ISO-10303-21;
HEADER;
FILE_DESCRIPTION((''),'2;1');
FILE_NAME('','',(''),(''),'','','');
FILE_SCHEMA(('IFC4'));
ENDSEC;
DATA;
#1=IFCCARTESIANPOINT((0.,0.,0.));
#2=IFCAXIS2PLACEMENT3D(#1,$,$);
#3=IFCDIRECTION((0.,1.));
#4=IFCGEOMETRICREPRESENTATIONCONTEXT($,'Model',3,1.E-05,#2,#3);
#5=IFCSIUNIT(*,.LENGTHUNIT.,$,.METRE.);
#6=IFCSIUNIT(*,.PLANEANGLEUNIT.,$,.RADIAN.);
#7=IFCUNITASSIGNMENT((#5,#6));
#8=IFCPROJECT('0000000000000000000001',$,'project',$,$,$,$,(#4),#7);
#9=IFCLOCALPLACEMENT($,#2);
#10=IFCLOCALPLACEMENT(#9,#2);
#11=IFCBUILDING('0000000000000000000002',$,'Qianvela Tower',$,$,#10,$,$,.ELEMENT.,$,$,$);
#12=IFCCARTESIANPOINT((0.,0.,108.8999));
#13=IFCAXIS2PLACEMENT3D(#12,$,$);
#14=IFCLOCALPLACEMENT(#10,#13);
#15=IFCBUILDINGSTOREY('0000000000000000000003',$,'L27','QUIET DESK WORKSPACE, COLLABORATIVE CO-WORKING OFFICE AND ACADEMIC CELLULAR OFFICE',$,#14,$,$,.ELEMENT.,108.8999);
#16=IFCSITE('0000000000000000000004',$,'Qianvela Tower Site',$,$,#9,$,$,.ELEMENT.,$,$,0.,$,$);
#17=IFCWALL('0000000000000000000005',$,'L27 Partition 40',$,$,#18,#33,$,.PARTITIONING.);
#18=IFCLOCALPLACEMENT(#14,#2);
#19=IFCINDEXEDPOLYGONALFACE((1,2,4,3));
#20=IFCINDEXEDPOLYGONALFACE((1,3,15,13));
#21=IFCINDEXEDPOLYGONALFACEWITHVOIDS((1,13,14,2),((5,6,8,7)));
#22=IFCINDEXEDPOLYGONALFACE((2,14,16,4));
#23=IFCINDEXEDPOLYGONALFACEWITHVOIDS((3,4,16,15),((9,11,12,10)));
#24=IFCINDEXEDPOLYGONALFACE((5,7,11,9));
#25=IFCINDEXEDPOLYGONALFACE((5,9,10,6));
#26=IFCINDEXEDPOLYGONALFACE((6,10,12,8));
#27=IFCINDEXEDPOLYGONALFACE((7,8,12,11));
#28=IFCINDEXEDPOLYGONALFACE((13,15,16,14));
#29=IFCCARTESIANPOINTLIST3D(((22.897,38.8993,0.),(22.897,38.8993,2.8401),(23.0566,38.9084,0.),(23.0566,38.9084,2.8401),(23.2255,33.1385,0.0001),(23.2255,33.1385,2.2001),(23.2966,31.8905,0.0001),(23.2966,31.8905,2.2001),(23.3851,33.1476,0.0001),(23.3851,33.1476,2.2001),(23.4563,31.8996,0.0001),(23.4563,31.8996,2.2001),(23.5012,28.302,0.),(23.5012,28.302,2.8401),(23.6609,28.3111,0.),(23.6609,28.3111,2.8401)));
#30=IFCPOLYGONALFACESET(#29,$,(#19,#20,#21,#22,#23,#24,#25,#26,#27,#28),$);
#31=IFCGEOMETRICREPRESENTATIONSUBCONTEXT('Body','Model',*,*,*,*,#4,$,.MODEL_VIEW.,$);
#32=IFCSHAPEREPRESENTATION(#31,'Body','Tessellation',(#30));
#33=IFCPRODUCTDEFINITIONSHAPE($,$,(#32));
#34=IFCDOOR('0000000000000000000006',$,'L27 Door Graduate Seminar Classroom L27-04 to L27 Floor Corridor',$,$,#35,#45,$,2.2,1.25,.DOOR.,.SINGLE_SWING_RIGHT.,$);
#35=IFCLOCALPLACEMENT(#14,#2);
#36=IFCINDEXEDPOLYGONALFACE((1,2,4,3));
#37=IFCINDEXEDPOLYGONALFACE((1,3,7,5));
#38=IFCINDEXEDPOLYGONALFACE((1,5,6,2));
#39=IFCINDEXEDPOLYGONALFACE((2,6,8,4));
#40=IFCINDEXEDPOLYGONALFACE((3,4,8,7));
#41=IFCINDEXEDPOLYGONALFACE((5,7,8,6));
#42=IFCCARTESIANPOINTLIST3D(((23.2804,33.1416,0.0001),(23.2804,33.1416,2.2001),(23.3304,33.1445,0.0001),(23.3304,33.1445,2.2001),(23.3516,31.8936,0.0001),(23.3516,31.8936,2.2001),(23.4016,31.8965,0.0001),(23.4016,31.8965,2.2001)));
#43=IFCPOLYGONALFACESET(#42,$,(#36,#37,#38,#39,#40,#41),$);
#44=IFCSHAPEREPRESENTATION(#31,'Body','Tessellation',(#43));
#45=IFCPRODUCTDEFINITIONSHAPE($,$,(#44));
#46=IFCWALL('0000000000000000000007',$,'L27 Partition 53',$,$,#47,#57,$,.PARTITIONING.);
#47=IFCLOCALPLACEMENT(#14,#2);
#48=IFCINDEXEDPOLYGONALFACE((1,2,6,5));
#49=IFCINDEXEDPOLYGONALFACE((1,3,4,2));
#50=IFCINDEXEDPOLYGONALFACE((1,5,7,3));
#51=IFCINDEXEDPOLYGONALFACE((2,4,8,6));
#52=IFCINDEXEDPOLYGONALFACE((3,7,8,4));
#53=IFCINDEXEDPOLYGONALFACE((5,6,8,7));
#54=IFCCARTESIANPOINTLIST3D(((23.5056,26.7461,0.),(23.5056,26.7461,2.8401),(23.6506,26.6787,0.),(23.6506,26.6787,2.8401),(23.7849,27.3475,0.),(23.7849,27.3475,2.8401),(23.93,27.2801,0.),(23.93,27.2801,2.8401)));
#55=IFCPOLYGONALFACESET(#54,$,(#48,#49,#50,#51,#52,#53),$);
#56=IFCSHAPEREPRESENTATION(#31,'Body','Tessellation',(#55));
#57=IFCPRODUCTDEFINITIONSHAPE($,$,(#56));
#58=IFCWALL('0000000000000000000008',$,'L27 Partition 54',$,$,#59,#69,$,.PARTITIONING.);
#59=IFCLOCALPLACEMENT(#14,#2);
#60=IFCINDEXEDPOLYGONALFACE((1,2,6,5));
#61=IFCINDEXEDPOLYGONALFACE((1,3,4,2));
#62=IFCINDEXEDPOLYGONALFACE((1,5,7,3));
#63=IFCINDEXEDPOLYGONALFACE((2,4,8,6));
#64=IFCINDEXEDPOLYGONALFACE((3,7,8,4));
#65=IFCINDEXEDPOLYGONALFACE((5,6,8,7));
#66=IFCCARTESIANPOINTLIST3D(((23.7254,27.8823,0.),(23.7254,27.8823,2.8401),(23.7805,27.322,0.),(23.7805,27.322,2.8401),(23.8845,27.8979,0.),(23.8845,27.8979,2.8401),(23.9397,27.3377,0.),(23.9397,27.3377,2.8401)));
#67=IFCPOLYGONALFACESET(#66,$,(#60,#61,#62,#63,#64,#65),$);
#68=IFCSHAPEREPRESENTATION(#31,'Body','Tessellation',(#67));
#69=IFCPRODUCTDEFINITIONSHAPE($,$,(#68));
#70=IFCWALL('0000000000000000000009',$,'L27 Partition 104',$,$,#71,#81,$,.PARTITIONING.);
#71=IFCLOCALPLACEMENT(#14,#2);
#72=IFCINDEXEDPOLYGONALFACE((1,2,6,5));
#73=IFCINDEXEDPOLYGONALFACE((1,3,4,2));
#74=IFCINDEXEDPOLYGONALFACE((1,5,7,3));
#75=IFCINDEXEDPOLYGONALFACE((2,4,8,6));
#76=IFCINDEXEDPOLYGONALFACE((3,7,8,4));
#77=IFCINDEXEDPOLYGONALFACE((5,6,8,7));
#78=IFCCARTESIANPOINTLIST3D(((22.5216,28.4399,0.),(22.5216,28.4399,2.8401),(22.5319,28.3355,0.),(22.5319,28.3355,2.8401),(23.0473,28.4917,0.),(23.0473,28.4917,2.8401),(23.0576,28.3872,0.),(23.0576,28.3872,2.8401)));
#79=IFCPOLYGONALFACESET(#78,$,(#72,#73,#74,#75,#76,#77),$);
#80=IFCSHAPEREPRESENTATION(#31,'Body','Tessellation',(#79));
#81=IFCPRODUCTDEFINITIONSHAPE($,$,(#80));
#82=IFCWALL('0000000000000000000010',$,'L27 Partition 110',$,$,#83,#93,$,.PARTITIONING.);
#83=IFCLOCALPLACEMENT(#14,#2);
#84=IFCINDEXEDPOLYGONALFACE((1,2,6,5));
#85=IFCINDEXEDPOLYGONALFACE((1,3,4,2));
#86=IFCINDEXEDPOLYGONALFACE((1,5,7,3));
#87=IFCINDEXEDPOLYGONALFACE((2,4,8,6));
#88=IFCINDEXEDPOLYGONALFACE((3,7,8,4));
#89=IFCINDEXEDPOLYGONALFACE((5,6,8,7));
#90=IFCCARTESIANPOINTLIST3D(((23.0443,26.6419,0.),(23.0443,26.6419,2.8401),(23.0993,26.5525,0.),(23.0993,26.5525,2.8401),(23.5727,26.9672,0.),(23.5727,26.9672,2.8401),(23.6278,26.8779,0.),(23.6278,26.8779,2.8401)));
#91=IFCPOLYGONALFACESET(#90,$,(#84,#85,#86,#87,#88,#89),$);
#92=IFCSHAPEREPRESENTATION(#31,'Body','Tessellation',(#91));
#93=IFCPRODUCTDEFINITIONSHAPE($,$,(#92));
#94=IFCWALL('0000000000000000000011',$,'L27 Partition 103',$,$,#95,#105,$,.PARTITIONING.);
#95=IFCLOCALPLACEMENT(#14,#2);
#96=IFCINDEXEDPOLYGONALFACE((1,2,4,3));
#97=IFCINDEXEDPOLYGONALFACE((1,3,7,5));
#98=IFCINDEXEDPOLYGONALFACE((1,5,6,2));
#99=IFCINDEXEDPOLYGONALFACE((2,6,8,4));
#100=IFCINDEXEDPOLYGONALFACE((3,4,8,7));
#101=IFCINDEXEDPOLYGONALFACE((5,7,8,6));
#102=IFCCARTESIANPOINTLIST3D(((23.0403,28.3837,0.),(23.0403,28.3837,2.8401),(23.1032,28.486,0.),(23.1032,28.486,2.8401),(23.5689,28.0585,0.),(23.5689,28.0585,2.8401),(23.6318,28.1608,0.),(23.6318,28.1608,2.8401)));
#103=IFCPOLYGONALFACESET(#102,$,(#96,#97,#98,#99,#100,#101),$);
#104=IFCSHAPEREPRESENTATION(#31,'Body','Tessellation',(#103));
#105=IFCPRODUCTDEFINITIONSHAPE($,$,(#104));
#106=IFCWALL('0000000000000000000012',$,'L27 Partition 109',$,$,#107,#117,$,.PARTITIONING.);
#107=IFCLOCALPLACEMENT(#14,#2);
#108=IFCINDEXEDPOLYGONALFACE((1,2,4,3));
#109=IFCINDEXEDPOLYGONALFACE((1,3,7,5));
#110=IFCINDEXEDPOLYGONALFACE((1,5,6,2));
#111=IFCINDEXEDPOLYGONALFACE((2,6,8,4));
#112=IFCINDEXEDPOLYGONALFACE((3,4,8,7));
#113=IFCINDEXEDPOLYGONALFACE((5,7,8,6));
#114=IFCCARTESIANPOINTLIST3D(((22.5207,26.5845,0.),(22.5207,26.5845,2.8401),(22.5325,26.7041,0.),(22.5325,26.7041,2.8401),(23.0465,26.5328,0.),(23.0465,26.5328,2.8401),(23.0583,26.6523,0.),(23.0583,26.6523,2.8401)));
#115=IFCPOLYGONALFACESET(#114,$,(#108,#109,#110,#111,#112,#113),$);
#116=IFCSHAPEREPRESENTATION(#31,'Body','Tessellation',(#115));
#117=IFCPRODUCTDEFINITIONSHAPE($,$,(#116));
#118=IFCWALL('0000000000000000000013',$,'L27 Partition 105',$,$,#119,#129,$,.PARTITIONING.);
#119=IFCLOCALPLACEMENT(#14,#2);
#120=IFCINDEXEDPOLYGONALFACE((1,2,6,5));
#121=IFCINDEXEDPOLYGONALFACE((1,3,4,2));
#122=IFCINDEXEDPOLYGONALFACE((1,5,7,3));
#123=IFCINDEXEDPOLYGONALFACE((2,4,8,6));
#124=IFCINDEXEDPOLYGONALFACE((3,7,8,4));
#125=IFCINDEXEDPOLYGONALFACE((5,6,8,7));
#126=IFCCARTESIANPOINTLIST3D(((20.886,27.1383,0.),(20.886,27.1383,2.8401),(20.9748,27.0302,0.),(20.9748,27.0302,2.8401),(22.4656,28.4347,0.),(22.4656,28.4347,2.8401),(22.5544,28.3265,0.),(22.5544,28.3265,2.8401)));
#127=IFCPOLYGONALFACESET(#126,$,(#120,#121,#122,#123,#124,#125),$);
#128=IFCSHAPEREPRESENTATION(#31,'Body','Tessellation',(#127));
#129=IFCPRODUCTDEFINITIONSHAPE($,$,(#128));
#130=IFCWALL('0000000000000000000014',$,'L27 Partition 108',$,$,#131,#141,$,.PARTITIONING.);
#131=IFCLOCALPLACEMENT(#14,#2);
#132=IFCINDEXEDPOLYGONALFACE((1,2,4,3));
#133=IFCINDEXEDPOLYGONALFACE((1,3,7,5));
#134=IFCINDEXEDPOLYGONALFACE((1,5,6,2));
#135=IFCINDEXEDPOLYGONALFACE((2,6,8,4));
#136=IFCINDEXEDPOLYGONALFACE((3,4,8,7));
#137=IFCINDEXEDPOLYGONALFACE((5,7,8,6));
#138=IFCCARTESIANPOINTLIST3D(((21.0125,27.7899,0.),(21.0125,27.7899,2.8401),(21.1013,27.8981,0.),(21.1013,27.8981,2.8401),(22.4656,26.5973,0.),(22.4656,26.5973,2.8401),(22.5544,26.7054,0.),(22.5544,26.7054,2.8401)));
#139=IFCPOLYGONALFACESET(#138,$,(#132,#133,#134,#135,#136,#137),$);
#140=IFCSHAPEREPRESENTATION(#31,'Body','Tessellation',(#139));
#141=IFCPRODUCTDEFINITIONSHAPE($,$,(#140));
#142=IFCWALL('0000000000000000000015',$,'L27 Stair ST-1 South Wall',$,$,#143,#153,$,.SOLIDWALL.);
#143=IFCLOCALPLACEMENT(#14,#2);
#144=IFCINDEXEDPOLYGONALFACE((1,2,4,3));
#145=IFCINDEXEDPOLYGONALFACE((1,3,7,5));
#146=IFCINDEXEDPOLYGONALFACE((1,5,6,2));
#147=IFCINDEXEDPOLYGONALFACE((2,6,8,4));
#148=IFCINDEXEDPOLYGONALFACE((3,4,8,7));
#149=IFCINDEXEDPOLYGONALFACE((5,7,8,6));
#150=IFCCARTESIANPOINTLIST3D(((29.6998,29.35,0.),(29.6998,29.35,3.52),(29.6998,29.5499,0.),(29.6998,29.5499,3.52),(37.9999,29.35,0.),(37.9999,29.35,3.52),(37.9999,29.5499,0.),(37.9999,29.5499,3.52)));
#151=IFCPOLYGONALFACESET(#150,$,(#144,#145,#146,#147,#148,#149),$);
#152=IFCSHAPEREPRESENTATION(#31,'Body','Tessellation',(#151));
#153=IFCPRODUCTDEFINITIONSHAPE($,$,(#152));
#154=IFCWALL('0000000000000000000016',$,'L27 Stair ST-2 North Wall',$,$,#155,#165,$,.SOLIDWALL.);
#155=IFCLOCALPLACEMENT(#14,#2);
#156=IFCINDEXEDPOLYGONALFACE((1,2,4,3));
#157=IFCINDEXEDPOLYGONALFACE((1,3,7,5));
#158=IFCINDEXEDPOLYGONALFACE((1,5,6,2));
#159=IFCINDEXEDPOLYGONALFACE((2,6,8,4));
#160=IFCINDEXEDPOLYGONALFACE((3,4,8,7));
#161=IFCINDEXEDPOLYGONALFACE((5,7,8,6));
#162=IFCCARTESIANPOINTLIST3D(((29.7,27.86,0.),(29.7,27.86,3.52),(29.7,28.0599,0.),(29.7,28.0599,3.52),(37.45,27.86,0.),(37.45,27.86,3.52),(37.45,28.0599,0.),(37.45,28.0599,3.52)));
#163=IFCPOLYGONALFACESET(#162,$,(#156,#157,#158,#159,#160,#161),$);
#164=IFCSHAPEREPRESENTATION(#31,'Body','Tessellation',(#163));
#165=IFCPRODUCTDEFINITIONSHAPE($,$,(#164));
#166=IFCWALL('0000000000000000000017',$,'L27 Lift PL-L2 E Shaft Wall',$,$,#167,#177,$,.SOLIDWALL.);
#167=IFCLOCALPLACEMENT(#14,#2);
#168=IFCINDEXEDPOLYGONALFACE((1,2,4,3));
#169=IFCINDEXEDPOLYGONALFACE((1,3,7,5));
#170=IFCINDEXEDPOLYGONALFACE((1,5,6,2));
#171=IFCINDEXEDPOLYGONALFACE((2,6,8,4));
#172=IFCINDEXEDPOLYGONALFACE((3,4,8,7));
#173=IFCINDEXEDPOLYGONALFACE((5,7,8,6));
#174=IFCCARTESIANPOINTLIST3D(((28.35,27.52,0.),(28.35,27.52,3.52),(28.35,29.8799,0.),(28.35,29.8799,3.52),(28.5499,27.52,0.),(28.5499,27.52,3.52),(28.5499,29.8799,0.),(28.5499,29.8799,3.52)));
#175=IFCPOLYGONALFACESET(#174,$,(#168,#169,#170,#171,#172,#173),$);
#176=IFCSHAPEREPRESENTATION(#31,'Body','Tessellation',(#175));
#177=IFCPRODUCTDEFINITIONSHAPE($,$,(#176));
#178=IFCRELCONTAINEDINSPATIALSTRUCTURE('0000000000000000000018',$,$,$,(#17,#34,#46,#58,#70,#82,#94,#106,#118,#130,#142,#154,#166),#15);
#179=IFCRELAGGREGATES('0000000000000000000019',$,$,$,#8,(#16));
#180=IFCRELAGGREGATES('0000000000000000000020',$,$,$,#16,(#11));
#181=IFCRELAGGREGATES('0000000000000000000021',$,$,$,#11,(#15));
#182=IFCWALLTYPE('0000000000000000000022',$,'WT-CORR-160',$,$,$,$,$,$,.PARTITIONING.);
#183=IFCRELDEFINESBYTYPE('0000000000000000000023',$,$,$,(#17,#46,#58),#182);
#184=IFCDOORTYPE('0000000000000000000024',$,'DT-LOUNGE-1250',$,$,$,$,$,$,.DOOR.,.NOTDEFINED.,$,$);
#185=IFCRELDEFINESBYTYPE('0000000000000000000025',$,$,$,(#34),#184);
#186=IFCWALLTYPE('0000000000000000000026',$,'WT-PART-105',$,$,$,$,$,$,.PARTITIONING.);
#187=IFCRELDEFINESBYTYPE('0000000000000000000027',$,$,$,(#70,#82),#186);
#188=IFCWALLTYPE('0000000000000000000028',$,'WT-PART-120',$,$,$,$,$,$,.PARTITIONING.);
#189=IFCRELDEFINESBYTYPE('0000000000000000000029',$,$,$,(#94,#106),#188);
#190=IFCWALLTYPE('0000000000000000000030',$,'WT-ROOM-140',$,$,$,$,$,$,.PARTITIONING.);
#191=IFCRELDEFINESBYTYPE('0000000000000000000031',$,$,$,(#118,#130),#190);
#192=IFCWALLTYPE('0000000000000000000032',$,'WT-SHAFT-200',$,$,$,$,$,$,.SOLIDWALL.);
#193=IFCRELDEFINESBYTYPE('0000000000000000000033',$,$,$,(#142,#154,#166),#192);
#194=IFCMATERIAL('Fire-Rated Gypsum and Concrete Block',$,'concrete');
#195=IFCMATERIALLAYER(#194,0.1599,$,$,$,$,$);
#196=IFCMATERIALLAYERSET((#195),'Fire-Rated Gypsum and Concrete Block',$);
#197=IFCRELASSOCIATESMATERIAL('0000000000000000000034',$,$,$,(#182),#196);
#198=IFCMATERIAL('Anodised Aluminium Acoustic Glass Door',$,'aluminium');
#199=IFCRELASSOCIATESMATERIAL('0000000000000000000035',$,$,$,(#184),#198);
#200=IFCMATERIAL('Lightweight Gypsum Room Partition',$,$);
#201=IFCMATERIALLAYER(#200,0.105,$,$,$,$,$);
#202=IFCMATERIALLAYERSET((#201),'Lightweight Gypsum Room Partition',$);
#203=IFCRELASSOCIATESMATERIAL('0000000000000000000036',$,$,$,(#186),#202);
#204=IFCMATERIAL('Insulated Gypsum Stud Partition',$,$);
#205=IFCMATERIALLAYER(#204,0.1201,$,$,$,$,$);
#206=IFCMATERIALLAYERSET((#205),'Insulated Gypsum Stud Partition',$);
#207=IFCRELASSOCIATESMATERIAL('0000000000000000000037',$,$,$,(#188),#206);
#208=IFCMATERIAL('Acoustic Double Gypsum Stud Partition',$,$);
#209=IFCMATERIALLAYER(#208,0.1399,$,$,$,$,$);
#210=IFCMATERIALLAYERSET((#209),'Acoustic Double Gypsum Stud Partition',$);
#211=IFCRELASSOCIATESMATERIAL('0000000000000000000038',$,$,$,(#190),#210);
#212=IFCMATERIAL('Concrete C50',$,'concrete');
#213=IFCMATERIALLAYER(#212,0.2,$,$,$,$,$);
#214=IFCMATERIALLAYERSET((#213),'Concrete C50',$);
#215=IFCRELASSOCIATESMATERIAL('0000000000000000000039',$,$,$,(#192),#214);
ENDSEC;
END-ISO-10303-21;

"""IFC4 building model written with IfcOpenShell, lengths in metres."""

from ifc_helpers import new_model, si_unit, direction, frame, frame_2d, origin, place, context, subcontext, project, spatial, rectangle, extrude, material, layer, layer_set, type_object, element, fill, save


model = new_model("IFC4")

# Units and contexts
model_context = context("Model", 3, precision=1e-05, world=origin(), true_north=direction((0.0, 1.0)))
body_context = subcontext(model_context, "Body", "Model", "MODEL_VIEW")
ifc_project = project(units=[si_unit("LENGTHUNIT", "METRE"), si_unit("PLANEANGLEUNIT", "RADIAN")], contexts=[model_context])

# Site, building, storey
site_placement = place(None, origin())
site = spatial("IfcSite", under=ifc_project, at=site_placement, Name="Qianvela Tower Site", CompositionType="ELEMENT", RefElevation=0.0)
building_placement = place(site_placement, origin())
building = spatial("IfcBuilding", under=site, at=building_placement, Name="Qianvela Tower", CompositionType="ELEMENT")
storey_placement = place(building_placement, frame((0.0, 0.0, 108.8999)))
storey = spatial("IfcBuildingStorey", under=building, at=storey_placement, Name="L27", Description="QUIET DESK WORKSPACE, COLLABORATIVE CO-WORKING OFFICE AND ACADEMIC CELLULAR OFFICE", CompositionType="ELEMENT", Elevation=108.8999)

# Wall, opening, door
ifc_material_1 = material(Name="Fire-Rated Gypsum and Concrete Block", Category="concrete")
ifc_layer_1 = layer(ifc_material_1, 0.1599)
ifc_layer_set_1 = layer_set([ifc_layer_1], Name="Fire-Rated Gypsum and Concrete Block")
wall_type_1 = type_object("IfcWallType", Name="WT-CORR-160", PredefinedType="PARTITIONING", material=ifc_layer_set_1)
wall_1_placement = place(storey_placement, frame((23.5811, 28.3066, 0.0), z_axis=(0.0, 0.0, 1.0), x_axis=(-0.056927, 0.998378, 0.0)))
wall_1 = element("IfcWall", 1, at=wall_1_placement, inside=storey, type_object=wall_type_1, Name="L27 Partition 40", PredefinedType="PARTITIONING", context=body_context, shape_type="SweptSolid", body=[
    extrude(rectangle(XDim=10.6145, YDim=0.1599, at=frame_2d((5.3071, 0.0))), origin(), (0.0, 0.0, 1.0), 2.8401),
])
opening_1_placement = place(wall_1_placement, frame((3.5942, 0.0, 0.0)))
opening_1 = element("IfcOpeningElement", 2, at=opening_1_placement, cuts=wall_1, PredefinedType="OPENING", context=body_context, shape_type="SweptSolid", body=[
    extrude(rectangle(XDim=1.25, YDim=2.2, at=frame_2d((0.625, 1.1001))), frame((0.0, 0.0898, 0.0), z_axis=(0.0, -1.0, 0.0), x_axis=(1.0, 0.0, 0.0)), (0.0, 0.0, 1.0), 0.1799),
])
ifc_material_2 = material(Name="Anodised Aluminium Acoustic Glass Door", Category="aluminium")
door_type_1 = type_object("IfcDoorType", Name="DT-LOUNGE-1250", OperationType="NOTDEFINED", PredefinedType="DOOR", material=ifc_material_2)
door_1_placement = place(opening_1_placement, origin())
door_1 = element("IfcDoor", 3, at=door_1_placement, inside=storey, type_object=door_type_1, Name="L27 Door Graduate Seminar Classroom L27-04 to L27 Floor Corridor", OperationType="SINGLE_SWING_RIGHT", OverallHeight=2.2, OverallWidth=1.25, PredefinedType="DOOR", context=body_context, shape_type="SweptSolid", body=[
    extrude(rectangle(XDim=1.25, YDim=2.2, at=frame_2d((0.625, 1.1001))), frame((0.0, 0.0249, 0.0), z_axis=(0.0, -1.0, 0.0), x_axis=(1.0, 0.0, 0.0)), (0.0, 0.0, 1.0), 0.05),
])
fill(opening_1, door_1)

# Walls
wall_2_placement = place(storey_placement, frame((23.5781, 26.7124, 0.0), z_axis=(0.0, 0.0, 1.0), x_axis=(0.421252, 0.906944, 0.0)))
element("IfcWall", 4, at=wall_2_placement, inside=storey, type_object=wall_type_1, Name="L27 Partition 53", PredefinedType="PARTITIONING", context=body_context, shape_type="SweptSolid", body=[
    extrude(rectangle(XDim=0.6631, YDim=0.1599, at=frame_2d((0.3315, 0.0))), origin(), (0.0, 0.0, 1.0), 2.8401),
])
wall_3_placement = place(storey_placement, frame((23.8601, 27.3298, 0.0), z_axis=(0.0, 0.0, 1.0), x_axis=(-0.098001, 0.995186, 0.0)))
element("IfcWall", 5, at=wall_3_placement, inside=storey, type_object=wall_type_1, Name="L27 Partition 54", PredefinedType="PARTITIONING", context=body_context, shape_type="SweptSolid", body=[
    extrude(rectangle(XDim=0.563, YDim=0.1599, at=frame_2d((0.2815, 0.0))), origin(), (0.0, 0.0, 1.0), 2.8401),
])
ifc_material_3 = material(Name="Lightweight Gypsum Room Partition")
ifc_layer_2 = layer(ifc_material_3, 0.105)
ifc_layer_set_2 = layer_set([ifc_layer_2], Name="Lightweight Gypsum Room Partition")
wall_type_2 = type_object("IfcWallType", Name="WT-PART-105", PredefinedType="PARTITIONING", material=ifc_layer_set_2)
wall_4_placement = place(storey_placement, frame((23.0525, 28.4395, 0.0), z_axis=(0.0, 0.0, 1.0), x_axis=(-0.995192, -0.097948, 0.0)))
element("IfcWall", 6, at=wall_4_placement, inside=storey, type_object=wall_type_2, Name="L27 Partition 104", PredefinedType="PARTITIONING", context=body_context, shape_type="SweptSolid", body=[
    extrude(rectangle(XDim=0.5283, YDim=0.105, at=frame_2d((0.2642, 0.0))), origin(), (0.0, 0.0, 1.0), 2.8401),
])
wall_5_placement = place(storey_placement, frame((23.0718, 26.5972, 0.0), z_axis=(0.0, 0.0, 1.0), x_axis=(0.851537, 0.524295, 0.0)))
element("IfcWall", 7, at=wall_5_placement, inside=storey, type_object=wall_type_2, Name="L27 Partition 110", PredefinedType="PARTITIONING", context=body_context, shape_type="SweptSolid", body=[
    extrude(rectangle(XDim=0.6206, YDim=0.105, at=frame_2d((0.3103, 0.0))), origin(), (0.0, 0.0, 1.0), 2.8401),
])
ifc_material_4 = material(Name="Insulated Gypsum Stud Partition")
ifc_layer_3 = layer(ifc_material_4, 0.1201)
ifc_layer_set_3 = layer_set([ifc_layer_3], Name="Insulated Gypsum Stud Partition")
wall_type_3 = type_object("IfcWallType", Name="WT-PART-120", PredefinedType="PARTITIONING", material=ifc_layer_set_3)
wall_6_placement = place(storey_placement, frame((23.6003, 28.1096, 0.0), z_axis=(0.0, 0.0, 1.0), x_axis=(-0.851712, 0.52401, 0.0)))
element("IfcWall", 8, at=wall_6_placement, inside=storey, type_object=wall_type_3, Name="L27 Partition 103", PredefinedType="PARTITIONING", context=body_context, shape_type="SweptSolid", body=[
    extrude(rectangle(XDim=0.6206, YDim=0.1201, at=frame_2d((0.3103, 0.0))), origin(), (0.0, 0.0, 1.0), 2.8401),
])
wall_7_placement = place(storey_placement, frame((22.5266, 26.6443, 0.0), z_axis=(0.0, 0.0, 1.0), x_axis=(0.995192, -0.097948, 0.0)))
element("IfcWall", 9, at=wall_7_placement, inside=storey, type_object=wall_type_3, Name="L27 Partition 109", PredefinedType="PARTITIONING", context=body_context, shape_type="SweptSolid", body=[
    extrude(rectangle(XDim=0.5283, YDim=0.1201, at=frame_2d((0.2642, 0.0))), origin(), (0.0, 0.0, 1.0), 2.8401),
])
ifc_material_5 = material(Name="Acoustic Double Gypsum Stud Partition")
ifc_layer_4 = layer(ifc_material_5, 0.1399)
ifc_layer_set_4 = layer_set([ifc_layer_4], Name="Acoustic Double Gypsum Stud Partition")
wall_type_4 = type_object("IfcWallType", Name="WT-ROOM-140", PredefinedType="PARTITIONING", material=ifc_layer_set_4)
wall_8_placement = place(storey_placement, frame((22.51, 28.3806, 0.0), z_axis=(0.0, 0.0, 1.0), x_axis=(-0.772998, -0.634408, 0.0)))
element("IfcWall", 10, at=wall_8_placement, inside=storey, type_object=wall_type_4, Name="L27 Partition 105", PredefinedType="PARTITIONING", context=body_context, shape_type="SweptSolid", body=[
    extrude(rectangle(XDim=2.0435, YDim=0.1399, at=frame_2d((1.0217, 0.0))), origin(), (0.0, 0.0, 1.0), 2.8401),
])
wall_9_placement = place(storey_placement, frame((21.0569, 27.844, 0.0), z_axis=(0.0, 0.0, 1.0), x_axis=(0.77299, -0.634418, 0.0)))
element("IfcWall", 11, at=wall_9_placement, inside=storey, type_object=wall_type_4, Name="L27 Partition 108", PredefinedType="PARTITIONING", context=body_context, shape_type="SweptSolid", body=[
    extrude(rectangle(XDim=1.8799, YDim=0.1399, at=frame_2d((0.9399, 0.0))), origin(), (0.0, 0.0, 1.0), 2.8401),
])
ifc_material_6 = material(Name="Concrete C50", Category="concrete")
ifc_layer_5 = layer(ifc_material_6, 0.2)
ifc_layer_set_5 = layer_set([ifc_layer_5], Name="Concrete C50")
wall_type_5 = type_object("IfcWallType", Name="WT-SHAFT-200", PredefinedType="SOLIDWALL", material=ifc_layer_set_5)
wall_10_placement = place(storey_placement, frame((29.7, 29.45, 0.0), z_axis=(0.0, 0.0, 1.0), x_axis=(1.0, 0.0, 0.0)))
element("IfcWall", 12, at=wall_10_placement, inside=storey, type_object=wall_type_5, Name="L27 Stair ST-1 South Wall", PredefinedType="SOLIDWALL", context=body_context, shape_type="SweptSolid", body=[
    extrude(rectangle(XDim=8.3, YDim=0.2, at=frame_2d((4.1499, 0.0))), origin(), (0.0, 0.0, 1.0), 3.52),
])
wall_11_placement = place(storey_placement, frame((29.7, 27.96, 0.0), z_axis=(0.0, 0.0, 1.0), x_axis=(1.0, 0.0, 0.0)))
element("IfcWall", 13, at=wall_11_placement, inside=storey, type_object=wall_type_5, Name="L27 Stair ST-2 North Wall", PredefinedType="SOLIDWALL", context=body_context, shape_type="SweptSolid", body=[
    extrude(rectangle(XDim=7.75, YDim=0.2, at=frame_2d((3.875, 0.0))), origin(), (0.0, 0.0, 1.0), 3.52),
])

# Wall
wall_12_placement = place(storey_placement, frame((28.45, 27.52, 0.0), z_axis=(0.0, 0.0, 1.0), x_axis=(0.0, 1.0, 0.0)))
element("IfcWall", 14, at=wall_12_placement, inside=storey, type_object=wall_type_5, Name="L27 Lift PL-L2 E Shaft Wall", PredefinedType="SOLIDWALL", context=body_context, shape_type="SweptSolid", body=[
    extrude(rectangle(XDim=2.3599, YDim=0.2, at=frame_2d((1.1799, 0.0))), origin(), (0.0, 0.0, 1.0), 3.52),
])

save(model, "model.ifc")
